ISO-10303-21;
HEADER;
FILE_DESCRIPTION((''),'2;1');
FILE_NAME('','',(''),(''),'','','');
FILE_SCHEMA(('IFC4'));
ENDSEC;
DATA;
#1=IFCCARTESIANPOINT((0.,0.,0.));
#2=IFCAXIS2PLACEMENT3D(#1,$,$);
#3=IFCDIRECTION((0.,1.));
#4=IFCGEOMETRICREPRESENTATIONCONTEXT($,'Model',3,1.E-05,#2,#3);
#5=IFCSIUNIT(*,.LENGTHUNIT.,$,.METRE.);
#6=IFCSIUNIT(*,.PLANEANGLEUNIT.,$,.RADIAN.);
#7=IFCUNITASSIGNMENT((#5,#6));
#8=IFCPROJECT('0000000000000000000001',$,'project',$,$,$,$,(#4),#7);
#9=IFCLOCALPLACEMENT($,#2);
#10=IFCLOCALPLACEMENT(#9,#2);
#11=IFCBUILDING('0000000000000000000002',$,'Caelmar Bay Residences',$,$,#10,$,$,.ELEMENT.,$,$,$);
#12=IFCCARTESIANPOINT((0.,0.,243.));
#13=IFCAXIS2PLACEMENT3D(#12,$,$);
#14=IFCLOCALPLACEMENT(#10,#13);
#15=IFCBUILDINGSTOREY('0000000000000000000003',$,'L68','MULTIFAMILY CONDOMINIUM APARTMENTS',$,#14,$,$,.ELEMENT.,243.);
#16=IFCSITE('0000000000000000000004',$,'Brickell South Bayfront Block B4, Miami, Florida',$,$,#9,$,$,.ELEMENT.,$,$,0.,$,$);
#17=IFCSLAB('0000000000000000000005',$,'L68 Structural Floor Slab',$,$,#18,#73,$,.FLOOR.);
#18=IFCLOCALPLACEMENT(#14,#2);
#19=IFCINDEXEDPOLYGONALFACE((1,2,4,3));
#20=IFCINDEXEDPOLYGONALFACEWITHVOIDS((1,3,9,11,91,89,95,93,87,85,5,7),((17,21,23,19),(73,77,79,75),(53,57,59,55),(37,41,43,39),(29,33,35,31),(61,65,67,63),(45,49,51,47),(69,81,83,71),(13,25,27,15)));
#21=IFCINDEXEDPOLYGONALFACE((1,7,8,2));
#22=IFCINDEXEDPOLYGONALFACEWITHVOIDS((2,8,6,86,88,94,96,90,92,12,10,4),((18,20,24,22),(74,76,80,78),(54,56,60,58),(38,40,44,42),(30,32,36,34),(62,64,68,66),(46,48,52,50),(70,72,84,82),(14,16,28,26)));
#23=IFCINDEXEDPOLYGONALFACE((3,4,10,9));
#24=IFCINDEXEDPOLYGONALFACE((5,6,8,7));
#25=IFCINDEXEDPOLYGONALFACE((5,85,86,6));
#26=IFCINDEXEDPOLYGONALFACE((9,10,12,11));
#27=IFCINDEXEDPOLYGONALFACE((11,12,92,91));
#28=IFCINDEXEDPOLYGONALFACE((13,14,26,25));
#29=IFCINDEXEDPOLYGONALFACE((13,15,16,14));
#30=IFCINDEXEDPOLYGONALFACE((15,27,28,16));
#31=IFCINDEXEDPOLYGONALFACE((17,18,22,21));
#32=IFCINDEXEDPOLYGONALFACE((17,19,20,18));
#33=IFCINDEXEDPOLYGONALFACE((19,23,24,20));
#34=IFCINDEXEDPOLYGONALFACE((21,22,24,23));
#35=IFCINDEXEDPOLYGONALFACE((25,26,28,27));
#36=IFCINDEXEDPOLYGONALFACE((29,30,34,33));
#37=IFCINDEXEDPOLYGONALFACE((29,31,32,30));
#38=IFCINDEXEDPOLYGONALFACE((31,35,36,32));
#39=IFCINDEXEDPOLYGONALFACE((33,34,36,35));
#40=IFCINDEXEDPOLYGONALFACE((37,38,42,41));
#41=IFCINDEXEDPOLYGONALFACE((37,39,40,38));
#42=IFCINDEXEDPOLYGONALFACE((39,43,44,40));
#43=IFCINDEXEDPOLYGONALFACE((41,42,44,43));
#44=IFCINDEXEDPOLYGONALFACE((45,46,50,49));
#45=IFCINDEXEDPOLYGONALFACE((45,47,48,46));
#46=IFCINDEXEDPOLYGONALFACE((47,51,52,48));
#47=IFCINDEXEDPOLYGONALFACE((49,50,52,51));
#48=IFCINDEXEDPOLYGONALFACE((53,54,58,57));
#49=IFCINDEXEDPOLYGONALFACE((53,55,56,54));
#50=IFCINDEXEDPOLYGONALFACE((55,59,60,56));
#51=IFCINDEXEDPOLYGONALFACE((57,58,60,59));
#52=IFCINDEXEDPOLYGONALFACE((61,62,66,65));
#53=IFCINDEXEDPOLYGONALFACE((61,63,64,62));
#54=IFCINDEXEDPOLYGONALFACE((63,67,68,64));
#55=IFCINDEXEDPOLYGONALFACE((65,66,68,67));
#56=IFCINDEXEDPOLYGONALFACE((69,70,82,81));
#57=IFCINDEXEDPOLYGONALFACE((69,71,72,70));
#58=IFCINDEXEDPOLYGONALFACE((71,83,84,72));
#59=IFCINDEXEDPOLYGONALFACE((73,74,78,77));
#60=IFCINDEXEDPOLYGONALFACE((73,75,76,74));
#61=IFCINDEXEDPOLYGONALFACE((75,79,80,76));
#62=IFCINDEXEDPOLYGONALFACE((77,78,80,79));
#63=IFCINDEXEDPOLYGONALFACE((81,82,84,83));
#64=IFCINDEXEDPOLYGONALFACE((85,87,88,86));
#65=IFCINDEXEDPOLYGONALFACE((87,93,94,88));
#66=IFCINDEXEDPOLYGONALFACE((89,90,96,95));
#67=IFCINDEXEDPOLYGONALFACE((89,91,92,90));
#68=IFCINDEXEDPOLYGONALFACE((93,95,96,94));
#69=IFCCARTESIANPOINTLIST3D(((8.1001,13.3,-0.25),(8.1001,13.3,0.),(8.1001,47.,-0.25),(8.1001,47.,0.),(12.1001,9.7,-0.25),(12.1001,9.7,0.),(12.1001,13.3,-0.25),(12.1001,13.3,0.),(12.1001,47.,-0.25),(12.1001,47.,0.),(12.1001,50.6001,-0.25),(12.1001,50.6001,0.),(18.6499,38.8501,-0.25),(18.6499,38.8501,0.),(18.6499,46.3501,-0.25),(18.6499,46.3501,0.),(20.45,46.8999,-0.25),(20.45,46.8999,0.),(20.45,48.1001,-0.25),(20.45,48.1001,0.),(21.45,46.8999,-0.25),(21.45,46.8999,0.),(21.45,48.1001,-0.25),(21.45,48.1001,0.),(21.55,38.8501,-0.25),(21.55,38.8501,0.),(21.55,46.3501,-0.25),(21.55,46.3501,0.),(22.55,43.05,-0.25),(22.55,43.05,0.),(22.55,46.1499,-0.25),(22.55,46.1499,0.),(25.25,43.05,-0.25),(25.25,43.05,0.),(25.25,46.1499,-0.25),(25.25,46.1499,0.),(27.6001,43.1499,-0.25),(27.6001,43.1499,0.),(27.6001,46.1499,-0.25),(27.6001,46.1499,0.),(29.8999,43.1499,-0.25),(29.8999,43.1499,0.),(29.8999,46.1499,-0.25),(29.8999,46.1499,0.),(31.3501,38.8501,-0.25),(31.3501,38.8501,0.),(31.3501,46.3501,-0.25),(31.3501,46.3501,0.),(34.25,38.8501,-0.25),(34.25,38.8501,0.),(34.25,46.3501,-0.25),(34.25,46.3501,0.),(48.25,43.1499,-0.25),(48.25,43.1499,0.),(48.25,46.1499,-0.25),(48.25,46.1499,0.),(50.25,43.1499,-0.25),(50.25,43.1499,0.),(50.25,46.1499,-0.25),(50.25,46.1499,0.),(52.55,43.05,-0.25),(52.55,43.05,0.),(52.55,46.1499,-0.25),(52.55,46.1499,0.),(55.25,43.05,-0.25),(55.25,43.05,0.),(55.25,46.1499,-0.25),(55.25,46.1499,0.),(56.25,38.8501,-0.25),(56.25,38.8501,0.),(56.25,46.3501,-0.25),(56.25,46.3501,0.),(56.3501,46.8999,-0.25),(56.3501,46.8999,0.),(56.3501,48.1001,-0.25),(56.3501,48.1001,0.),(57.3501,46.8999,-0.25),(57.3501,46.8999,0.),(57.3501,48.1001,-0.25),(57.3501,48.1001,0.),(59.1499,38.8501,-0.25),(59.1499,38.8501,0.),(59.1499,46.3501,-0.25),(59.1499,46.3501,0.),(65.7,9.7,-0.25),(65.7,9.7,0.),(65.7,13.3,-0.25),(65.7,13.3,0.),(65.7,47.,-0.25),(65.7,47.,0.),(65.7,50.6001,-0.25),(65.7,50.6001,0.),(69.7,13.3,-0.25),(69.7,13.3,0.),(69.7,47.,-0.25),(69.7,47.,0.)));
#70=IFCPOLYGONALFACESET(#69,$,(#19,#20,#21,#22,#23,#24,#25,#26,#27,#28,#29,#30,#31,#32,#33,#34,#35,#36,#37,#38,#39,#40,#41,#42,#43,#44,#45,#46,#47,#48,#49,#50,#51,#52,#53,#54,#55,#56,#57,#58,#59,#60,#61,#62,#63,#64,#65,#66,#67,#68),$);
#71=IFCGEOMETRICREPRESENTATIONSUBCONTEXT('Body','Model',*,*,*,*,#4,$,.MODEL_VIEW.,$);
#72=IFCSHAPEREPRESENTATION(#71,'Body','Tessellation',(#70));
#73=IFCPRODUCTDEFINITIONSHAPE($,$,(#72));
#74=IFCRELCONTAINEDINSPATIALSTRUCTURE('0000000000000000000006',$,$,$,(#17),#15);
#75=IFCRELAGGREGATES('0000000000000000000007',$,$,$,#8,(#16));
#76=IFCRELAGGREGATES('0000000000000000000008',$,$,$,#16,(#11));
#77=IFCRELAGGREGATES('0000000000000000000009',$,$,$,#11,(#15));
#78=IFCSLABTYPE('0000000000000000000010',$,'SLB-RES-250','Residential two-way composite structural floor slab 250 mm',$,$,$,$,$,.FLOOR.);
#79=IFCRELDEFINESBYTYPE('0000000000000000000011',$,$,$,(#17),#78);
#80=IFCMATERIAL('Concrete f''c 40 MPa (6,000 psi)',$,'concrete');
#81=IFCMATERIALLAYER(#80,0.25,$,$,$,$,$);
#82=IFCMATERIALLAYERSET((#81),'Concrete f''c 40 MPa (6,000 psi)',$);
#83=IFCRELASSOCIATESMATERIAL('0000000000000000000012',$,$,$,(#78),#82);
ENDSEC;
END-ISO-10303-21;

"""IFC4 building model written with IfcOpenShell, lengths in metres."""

from ifc_helpers import new_model, si_unit, direction, frame, origin, place, context, subcontext, project, spatial, polyline, outline, extrude, material, layer, layer_set, type_object, element, save


model = new_model("IFC4")

# Units and contexts
model_context = context("Model", 3, precision=1e-05, world=origin(), true_north=direction((0.0, 1.0)))
body_context = subcontext(model_context, "Body", "Model", "MODEL_VIEW")
ifc_project = project(units=[si_unit("LENGTHUNIT", "METRE"), si_unit("PLANEANGLEUNIT", "RADIAN")], contexts=[model_context])

# Site, building, storey
site_placement = place(None, origin())
site = spatial("IfcSite", under=ifc_project, at=site_placement, Name="Brickell South Bayfront Block B4, Miami, Florida", CompositionType="ELEMENT", RefElevation=0.0)
building_placement = place(site_placement, origin())
building = spatial("IfcBuilding", under=site, at=building_placement, Name="Caelmar Bay Residences", CompositionType="ELEMENT")
storey_placement = place(building_placement, frame((0.0, 0.0, 243.0)))
storey = spatial("IfcBuildingStorey", under=building, at=storey_placement, Name="L68", Description="MULTIFAMILY CONDOMINIUM APARTMENTS", CompositionType="ELEMENT", Elevation=243.0)

# Shared definitions
ifc_material_1 = material(Name="Concrete f'c 40 MPa (6,000 psi)", Category="concrete")

# Slab
ifc_layer_1 = layer(ifc_material_1, 0.25)
ifc_layer_set_1 = layer_set([ifc_layer_1], Name="Concrete f'c 40 MPa (6,000 psi)")
slab_type_1 = type_object("IfcSlabType", Name="SLB-RES-250", Description="Residential two-way composite structural floor slab 250 mm", PredefinedType="FLOOR", material=ifc_layer_set_1)
slab_1_placement = place(storey_placement, frame((0.0, 0.0, -0.25)))
element("IfcSlab", 1, at=slab_1_placement, inside=storey, type_object=slab_type_1, Name="L68 Structural Floor Slab", PredefinedType="FLOOR", context=body_context, shape_type="SweptSolid", body=[
    extrude(outline(polyline([(12.1001, 9.7), (65.7, 9.7), (65.7, 13.3), (69.7, 13.3), (69.7, 47.0), (65.7, 47.0), (65.7, 50.6001), (12.1001, 50.6001), (12.1001, 47.0), (8.1001, 47.0), (8.1001, 13.3), (12.1001, 13.3), (12.1001, 9.7)]), holes=[polyline([(18.6499, 38.8501), (21.55, 38.8501), (21.55, 46.3501), (18.6499, 46.3501), (18.6499, 38.8501)]), polyline([(56.25, 38.8501), (59.1499, 38.8501), (59.1499, 46.3501), (56.25, 46.3501), (56.25, 38.8501)]), polyline([(31.3501, 38.8501), (34.25, 38.8501), (34.25, 46.3501), (31.3501, 46.3501), (31.3501, 38.8501)]), polyline([(22.55, 43.05), (25.25, 43.05), (25.25, 46.1499), (22.55, 46.1499), (22.55, 43.05)]), polyline([(52.55, 43.05), (55.25, 43.05), (55.25, 46.1499), (52.55, 46.1499), (52.55, 43.05)]), polyline([(48.25, 43.1499), (50.25, 43.1499), (50.25, 46.1499), (48.25, 46.1499), (48.25, 43.1499)]), polyline([(27.6001, 43.1499), (29.8999, 43.1499), (29.8999, 46.1499), (27.6001, 46.1499), (27.6001, 43.1499)]), polyline([(20.45, 46.8999), (21.45, 46.8999), (21.45, 48.1001), (20.45, 48.1001), (20.45, 46.8999)]), polyline([(56.3501, 46.8999), (57.3501, 46.8999), (57.3501, 48.1001), (56.3501, 48.1001), (56.3501, 46.8999)])]), origin(), (0.0, 0.0, 1.0), 0.25),
])

save(model, "model.ifc")
